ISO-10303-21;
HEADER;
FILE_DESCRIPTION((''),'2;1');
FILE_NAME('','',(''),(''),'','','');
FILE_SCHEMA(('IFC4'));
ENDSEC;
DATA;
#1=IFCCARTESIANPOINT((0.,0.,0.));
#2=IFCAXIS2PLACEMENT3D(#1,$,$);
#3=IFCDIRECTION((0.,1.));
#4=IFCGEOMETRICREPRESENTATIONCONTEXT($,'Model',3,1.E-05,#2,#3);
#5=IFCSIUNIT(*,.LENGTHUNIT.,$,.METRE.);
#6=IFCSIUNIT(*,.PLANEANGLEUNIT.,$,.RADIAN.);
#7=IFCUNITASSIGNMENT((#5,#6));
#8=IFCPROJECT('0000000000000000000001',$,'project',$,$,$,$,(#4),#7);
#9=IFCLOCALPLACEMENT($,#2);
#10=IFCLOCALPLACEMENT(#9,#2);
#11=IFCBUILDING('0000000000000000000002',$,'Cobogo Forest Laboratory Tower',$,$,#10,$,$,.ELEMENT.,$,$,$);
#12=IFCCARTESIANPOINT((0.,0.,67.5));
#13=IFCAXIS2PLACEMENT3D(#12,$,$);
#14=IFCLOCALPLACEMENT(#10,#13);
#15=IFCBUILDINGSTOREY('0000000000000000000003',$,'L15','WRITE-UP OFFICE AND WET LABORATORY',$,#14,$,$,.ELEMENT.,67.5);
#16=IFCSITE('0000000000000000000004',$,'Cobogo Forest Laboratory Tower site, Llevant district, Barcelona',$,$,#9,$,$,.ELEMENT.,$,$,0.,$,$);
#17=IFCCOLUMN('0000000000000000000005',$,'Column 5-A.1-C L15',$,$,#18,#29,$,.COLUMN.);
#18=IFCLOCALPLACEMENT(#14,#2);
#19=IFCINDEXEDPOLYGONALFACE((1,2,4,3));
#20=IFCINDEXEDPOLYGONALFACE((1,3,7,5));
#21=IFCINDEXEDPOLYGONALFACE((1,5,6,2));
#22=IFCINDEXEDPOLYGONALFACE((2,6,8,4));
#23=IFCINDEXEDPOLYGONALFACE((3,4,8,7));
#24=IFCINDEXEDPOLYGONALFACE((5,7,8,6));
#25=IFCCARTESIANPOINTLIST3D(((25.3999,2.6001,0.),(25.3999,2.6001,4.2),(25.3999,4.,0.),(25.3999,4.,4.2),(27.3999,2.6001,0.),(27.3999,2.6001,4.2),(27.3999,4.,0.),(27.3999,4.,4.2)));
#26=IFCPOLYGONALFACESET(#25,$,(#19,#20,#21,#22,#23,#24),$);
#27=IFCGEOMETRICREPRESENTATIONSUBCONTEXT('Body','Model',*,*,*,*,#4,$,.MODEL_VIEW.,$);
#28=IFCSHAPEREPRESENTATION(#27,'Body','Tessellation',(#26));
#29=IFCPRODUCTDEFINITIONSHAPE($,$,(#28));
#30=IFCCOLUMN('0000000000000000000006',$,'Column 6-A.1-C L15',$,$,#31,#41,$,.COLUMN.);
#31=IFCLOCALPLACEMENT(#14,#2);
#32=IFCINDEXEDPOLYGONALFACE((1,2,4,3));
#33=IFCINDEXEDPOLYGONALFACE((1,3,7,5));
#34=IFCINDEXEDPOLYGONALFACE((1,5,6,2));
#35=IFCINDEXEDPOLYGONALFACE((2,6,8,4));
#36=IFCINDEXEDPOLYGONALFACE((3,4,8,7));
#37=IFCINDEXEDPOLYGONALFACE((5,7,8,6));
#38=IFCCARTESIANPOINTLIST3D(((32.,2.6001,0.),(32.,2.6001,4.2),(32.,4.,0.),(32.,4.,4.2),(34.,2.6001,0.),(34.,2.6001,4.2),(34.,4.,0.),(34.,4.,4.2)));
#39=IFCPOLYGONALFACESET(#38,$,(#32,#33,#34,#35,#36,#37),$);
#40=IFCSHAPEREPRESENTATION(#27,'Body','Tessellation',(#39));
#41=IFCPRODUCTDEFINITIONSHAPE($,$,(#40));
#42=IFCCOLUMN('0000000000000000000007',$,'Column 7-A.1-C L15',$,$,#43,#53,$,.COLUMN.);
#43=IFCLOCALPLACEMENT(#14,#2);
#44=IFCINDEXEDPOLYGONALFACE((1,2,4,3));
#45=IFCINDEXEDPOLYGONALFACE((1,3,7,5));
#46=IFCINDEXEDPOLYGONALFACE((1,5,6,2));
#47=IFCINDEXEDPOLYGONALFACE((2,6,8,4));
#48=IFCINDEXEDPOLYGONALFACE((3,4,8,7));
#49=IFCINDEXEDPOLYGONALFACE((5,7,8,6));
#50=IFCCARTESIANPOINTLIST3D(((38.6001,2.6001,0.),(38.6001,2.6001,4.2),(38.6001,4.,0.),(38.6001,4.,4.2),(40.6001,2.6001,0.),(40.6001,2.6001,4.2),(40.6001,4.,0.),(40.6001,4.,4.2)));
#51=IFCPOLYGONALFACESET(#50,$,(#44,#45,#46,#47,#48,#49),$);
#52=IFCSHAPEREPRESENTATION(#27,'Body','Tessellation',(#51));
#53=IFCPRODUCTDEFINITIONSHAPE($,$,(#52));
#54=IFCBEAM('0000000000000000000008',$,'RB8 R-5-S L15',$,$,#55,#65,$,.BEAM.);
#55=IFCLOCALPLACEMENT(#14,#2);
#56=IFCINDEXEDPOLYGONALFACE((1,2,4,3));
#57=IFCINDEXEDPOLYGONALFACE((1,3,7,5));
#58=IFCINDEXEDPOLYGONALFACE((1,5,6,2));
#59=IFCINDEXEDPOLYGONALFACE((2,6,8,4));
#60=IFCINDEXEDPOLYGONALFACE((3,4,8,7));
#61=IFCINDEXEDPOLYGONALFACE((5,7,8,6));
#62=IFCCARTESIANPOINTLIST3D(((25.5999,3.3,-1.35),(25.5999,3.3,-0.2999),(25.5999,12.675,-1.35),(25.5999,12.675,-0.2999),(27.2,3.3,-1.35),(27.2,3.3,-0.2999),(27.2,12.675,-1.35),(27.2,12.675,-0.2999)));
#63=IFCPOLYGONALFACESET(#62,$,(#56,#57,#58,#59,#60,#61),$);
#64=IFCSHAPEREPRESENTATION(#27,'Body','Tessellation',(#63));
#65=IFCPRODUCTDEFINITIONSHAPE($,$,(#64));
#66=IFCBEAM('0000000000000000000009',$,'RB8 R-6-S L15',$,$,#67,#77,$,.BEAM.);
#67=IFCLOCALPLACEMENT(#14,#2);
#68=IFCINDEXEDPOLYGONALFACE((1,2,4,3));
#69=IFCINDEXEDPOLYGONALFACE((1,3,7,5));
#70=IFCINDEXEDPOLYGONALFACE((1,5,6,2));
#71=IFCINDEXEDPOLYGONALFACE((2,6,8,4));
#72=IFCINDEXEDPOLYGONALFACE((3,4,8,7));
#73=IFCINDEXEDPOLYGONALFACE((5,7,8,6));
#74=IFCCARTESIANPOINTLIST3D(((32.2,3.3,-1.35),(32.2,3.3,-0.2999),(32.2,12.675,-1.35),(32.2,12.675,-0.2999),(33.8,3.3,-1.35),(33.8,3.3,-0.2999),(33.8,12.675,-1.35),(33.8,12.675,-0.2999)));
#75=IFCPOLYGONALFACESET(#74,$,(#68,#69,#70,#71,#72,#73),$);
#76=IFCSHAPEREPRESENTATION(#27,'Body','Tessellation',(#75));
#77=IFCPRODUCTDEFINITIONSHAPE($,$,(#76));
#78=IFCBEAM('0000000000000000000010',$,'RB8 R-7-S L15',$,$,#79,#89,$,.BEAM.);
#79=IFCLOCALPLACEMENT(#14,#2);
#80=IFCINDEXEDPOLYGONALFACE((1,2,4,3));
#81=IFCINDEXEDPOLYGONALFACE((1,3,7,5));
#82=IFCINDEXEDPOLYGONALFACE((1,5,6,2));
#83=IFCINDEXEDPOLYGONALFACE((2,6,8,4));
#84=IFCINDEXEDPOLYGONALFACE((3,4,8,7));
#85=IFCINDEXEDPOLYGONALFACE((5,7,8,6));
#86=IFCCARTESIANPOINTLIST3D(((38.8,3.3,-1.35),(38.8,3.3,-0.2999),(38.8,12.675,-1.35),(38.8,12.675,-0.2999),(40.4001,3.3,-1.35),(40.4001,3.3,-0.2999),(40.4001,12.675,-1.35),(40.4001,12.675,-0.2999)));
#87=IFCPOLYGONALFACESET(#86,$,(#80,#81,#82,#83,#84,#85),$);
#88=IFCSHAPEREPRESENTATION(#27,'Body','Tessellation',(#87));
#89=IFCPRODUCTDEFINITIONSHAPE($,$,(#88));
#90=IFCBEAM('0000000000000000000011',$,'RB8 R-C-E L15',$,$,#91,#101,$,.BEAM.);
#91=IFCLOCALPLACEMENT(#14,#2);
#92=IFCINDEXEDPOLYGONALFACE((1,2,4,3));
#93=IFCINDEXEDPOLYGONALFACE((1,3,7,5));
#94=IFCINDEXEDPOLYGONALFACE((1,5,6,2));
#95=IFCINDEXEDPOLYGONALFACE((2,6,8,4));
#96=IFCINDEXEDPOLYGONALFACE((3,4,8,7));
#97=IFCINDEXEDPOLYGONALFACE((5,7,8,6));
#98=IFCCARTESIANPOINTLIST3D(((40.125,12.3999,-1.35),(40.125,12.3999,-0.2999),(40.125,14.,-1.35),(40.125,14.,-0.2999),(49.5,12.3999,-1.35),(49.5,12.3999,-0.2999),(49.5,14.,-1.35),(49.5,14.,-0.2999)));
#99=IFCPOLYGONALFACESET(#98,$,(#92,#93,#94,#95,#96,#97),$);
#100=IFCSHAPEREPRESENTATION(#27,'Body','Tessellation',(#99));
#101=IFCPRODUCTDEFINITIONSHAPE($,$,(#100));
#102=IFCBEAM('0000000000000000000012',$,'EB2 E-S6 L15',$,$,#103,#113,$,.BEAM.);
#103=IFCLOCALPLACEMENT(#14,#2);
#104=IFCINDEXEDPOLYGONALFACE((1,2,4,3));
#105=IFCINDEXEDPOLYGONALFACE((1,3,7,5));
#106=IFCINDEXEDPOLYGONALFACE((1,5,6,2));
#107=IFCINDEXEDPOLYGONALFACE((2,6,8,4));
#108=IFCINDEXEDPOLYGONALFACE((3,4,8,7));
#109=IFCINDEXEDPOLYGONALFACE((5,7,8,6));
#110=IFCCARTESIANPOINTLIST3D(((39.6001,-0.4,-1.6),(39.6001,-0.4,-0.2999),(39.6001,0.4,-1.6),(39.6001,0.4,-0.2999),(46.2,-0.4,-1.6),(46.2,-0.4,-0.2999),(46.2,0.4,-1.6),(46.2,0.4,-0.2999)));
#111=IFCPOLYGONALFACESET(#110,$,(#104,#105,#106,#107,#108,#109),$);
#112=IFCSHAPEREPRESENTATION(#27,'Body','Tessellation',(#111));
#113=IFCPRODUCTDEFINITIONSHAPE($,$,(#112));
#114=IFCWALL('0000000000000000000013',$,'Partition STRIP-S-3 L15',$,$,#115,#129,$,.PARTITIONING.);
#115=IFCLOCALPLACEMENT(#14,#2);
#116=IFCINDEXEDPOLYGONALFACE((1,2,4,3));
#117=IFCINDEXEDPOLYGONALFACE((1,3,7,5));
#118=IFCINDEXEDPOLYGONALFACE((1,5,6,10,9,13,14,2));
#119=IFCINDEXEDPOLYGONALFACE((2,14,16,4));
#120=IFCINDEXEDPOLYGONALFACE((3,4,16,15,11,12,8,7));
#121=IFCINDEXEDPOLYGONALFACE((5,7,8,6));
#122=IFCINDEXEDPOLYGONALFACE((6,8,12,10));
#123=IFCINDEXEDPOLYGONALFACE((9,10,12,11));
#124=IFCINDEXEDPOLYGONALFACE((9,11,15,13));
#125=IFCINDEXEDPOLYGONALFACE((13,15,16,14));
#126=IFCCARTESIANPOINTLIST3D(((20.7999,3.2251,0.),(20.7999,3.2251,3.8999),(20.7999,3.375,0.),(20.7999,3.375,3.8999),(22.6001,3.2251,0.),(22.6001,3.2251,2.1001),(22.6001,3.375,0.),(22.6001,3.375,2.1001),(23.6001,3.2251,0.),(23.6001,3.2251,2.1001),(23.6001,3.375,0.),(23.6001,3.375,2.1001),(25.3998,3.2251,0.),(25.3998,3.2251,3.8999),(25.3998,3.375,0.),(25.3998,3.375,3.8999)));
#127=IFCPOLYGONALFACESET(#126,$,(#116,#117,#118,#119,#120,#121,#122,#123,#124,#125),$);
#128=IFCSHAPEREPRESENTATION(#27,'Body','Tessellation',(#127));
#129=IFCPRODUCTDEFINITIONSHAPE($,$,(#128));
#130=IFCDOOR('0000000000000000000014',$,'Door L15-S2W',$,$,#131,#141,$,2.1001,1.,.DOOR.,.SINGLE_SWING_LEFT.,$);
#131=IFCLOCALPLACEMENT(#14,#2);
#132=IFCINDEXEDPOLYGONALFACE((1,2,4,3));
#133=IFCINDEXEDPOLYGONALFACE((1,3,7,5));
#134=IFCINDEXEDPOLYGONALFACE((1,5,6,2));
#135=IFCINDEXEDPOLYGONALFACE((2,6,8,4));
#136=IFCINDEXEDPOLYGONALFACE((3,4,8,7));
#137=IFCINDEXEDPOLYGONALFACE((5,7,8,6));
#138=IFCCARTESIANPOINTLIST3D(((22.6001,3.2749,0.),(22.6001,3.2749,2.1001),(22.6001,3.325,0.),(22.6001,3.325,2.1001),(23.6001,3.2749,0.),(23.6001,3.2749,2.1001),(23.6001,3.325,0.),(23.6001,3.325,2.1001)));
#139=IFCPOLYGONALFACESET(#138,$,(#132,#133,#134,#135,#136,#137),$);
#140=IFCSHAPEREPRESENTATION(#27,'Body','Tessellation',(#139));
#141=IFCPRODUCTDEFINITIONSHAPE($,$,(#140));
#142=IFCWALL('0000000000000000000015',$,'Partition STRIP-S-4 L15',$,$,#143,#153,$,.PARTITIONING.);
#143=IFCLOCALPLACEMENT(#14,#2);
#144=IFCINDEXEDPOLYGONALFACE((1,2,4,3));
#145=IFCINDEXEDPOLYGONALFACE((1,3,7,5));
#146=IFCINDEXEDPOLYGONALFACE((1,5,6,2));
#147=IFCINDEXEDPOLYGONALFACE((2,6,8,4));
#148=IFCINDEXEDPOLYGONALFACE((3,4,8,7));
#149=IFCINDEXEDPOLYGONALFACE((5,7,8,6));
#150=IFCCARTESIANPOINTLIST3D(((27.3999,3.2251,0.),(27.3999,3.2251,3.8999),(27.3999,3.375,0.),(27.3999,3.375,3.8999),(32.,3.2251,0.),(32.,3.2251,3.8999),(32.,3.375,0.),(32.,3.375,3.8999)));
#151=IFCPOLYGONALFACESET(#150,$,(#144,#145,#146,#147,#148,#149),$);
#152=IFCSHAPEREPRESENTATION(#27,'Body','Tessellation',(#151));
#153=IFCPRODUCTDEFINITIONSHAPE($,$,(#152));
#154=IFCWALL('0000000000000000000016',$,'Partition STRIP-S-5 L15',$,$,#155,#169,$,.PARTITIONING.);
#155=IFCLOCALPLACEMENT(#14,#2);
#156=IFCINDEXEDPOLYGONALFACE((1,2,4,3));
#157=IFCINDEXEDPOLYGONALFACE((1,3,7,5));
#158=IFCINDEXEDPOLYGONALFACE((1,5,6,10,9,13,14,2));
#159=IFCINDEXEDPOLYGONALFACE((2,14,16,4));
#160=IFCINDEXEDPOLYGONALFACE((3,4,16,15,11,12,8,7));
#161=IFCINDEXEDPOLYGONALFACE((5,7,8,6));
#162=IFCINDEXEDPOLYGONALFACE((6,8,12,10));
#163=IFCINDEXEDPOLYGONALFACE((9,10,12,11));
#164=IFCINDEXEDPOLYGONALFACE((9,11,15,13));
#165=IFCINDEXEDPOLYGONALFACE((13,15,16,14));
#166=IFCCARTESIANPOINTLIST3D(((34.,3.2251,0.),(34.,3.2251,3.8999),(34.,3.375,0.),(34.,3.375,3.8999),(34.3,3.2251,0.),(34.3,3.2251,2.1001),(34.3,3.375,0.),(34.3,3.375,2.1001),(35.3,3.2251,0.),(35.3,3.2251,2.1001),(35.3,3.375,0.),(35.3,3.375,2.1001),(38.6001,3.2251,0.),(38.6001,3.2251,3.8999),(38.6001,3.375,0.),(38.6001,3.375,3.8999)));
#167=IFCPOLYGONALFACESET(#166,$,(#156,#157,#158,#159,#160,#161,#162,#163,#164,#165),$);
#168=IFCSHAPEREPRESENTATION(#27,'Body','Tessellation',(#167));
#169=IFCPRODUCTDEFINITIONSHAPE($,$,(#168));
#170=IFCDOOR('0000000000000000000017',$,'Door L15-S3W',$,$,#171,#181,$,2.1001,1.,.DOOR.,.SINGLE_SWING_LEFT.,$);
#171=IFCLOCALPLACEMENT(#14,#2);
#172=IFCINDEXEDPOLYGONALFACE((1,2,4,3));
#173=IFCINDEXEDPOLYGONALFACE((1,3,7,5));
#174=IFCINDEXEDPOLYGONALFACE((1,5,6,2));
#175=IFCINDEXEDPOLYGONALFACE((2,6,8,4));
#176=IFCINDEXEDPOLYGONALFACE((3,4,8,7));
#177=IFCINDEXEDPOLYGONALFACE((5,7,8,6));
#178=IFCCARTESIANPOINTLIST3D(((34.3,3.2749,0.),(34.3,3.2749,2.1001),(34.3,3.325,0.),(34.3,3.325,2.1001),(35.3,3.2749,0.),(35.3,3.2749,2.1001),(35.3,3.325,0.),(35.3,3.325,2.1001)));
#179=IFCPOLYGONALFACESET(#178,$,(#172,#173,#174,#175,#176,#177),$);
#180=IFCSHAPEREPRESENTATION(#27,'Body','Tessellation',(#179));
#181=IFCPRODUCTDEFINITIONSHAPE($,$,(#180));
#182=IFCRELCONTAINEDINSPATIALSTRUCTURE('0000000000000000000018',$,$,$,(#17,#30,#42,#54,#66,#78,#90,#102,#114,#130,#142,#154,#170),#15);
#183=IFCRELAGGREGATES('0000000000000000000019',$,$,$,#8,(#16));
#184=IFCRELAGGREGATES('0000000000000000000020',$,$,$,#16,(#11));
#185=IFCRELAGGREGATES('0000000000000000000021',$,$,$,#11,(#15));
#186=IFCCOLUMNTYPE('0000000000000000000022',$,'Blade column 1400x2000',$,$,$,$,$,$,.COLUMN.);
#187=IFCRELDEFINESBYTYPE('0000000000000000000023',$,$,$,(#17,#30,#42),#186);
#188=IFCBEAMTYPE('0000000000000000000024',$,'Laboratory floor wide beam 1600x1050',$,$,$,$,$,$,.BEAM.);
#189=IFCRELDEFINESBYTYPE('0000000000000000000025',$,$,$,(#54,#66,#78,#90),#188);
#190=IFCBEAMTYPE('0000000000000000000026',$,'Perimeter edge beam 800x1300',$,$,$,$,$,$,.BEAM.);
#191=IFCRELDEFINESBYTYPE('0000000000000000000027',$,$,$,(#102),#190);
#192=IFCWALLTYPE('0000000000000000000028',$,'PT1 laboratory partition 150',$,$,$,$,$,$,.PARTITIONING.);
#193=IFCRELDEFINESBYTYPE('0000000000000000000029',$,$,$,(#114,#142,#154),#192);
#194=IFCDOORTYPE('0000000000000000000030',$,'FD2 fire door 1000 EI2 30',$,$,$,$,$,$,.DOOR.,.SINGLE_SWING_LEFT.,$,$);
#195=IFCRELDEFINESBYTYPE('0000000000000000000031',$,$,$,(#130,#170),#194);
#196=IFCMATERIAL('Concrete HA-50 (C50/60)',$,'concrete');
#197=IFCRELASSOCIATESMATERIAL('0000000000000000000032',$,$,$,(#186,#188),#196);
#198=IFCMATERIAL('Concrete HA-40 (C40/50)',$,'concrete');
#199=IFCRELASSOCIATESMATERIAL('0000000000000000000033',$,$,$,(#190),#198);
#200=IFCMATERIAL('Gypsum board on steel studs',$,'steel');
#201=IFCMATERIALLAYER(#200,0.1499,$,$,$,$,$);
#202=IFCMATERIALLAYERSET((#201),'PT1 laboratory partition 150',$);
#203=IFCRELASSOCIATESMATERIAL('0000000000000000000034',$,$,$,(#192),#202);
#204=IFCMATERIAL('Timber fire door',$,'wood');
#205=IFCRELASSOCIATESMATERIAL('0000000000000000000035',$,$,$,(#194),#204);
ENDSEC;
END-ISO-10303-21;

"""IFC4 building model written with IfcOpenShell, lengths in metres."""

from ifc_helpers import new_model, si_unit, direction, frame, frame_2d, origin, origin_2d, place, context, subcontext, project, spatial, rectangle, extrude, material, layer, layer_set, material_profile, profile_set, type_object, element, fill, save


model = new_model("IFC4")

# Units and contexts
model_context = context("Model", 3, precision=1e-05, world=origin(), true_north=direction((0.0, 1.0)))
body_context = subcontext(model_context, "Body", "Model", "MODEL_VIEW")
ifc_project = project(units=[si_unit("LENGTHUNIT", "METRE"), si_unit("PLANEANGLEUNIT", "RADIAN")], contexts=[model_context])

# Site, building, storey
site_placement = place(None, origin())
site = spatial("IfcSite", under=ifc_project, at=site_placement, Name="Cobogo Forest Laboratory Tower site, Llevant district, Barcelona", CompositionType="ELEMENT", RefElevation=0.0)
building_placement = place(site_placement, origin())
building = spatial("IfcBuilding", under=site, at=building_placement, Name="Cobogo Forest Laboratory Tower", CompositionType="ELEMENT")
storey_placement = place(building_placement, frame((0.0, 0.0, 67.5)))
storey = spatial("IfcBuildingStorey", under=building, at=storey_placement, Name="L15", Description="WRITE-UP OFFICE AND WET LABORATORY", CompositionType="ELEMENT", Elevation=67.5)

# Columns
ifc_material_1 = material(Name="Concrete HA-50 (C50/60)", Category="concrete")
ifc_material_profile_1 = material_profile(ifc_material_1, rectangle(XDim=2.0, YDim=1.3999, at=origin_2d()), Name="RC 1400x2000")
ifc_profile_set_1 = profile_set([ifc_material_profile_1], Name="Concrete HA-50 (C50/60)")
column_type = type_object("IfcColumnType", Name="Blade column 1400x2000", PredefinedType="COLUMN", material=ifc_profile_set_1)
for number, where, z_axis, x_axis, name in (
    (1, (26.3999, 3.3, 0.0), (0.0, 0.0, 1.0), (1.0, 0.0, 0.0), "Column 5-A.1-C L15"),
    (2, (33.0, 3.3, 0.0), (0.0, 0.0, 1.0), (1.0, 0.0, 0.0), "Column 6-A.1-C L15"),
    (3, (39.6001, 3.3, 0.0), (0.0, 0.0, 1.0), (1.0, 0.0, 0.0), "Column 7-A.1-C L15"),
):
    element("IfcColumn", number, at=place(storey_placement, frame(where, z_axis=z_axis, x_axis=x_axis)), inside=storey, type_object=column_type, Name=name, PredefinedType="COLUMN", context=body_context, shape_type="SweptSolid", body=[
        extrude(rectangle(XDim=2.0, YDim=1.3999, at=origin_2d()), origin(), (0.0, 0.0, 1.0), 4.2),
    ])

# Beams
ifc_material_profile_2 = material_profile(ifc_material_1, rectangle(XDim=1.6001, YDim=1.05, at=origin_2d()), Name="RC 1600x1050")
ifc_profile_set_2 = profile_set([ifc_material_profile_2], Name="Concrete HA-50 (C50/60)")
beam_type_1 = type_object("IfcBeamType", Name="Laboratory floor wide beam 1600x1050", PredefinedType="BEAM", material=ifc_profile_set_2)
for number, where, z_axis, x_axis, name in (
    (4, (26.3999, 12.675, -0.825), (0.0, -1.0, 0.0), (1.0, 0.0, 0.0), "RB8 R-5-S L15"),
    (5, (33.0, 12.675, -0.825), (0.0, -1.0, 0.0), (1.0, 0.0, 0.0), "RB8 R-6-S L15"),
    (6, (39.6001, 12.675, -0.825), (0.0, -1.0, 0.0), (1.0, 0.0, 0.0), "RB8 R-7-S L15"),
    (7, (40.125, 13.2, -0.825), (1.0, 0.0, 0.0), (0.0, 1.0, 0.0), "RB8 R-C-E L15"),
):
    element("IfcBeam", number, at=place(storey_placement, frame(where, z_axis=z_axis, x_axis=x_axis)), inside=storey, type_object=beam_type_1, Name=name, PredefinedType="BEAM", context=body_context, shape_type="SweptSolid", body=[
        extrude(rectangle(XDim=1.6001, YDim=1.05, at=origin_2d()), origin(), (0.0, 0.0, 1.0), 9.375),
    ])
ifc_material_2 = material(Name="Concrete HA-40 (C40/50)", Category="concrete")
ifc_material_profile_3 = material_profile(ifc_material_2, rectangle(XDim=0.8, YDim=1.3, at=origin_2d()), Name="RC 800x1300")
ifc_profile_set_3 = profile_set([ifc_material_profile_3], Name="Concrete HA-40 (C40/50)")
beam_type_2 = type_object("IfcBeamType", Name="Perimeter edge beam 800x1300", PredefinedType="BEAM", material=ifc_profile_set_3)
beam_placement = place(storey_placement, frame((39.6001, 0.0, -0.95), z_axis=(1.0, 0.0, 0.0), x_axis=(0.0, 1.0, 0.0)))
element("IfcBeam", 8, at=beam_placement, inside=storey, type_object=beam_type_2, Name="EB2 E-S6 L15", PredefinedType="BEAM", context=body_context, shape_type="SweptSolid", body=[
    extrude(rectangle(XDim=0.8, YDim=1.3, at=origin_2d()), origin(), (0.0, 0.0, 1.0), 6.5999),
])

# Wall, opening, door
ifc_material_3 = material(Name="Gypsum board on steel studs", Category="steel")
ifc_layer_1 = layer(ifc_material_3, 0.1499)
ifc_layer_set_1 = layer_set([ifc_layer_1], Name="PT1 laboratory partition 150")
wall_type_1 = type_object("IfcWallType", Name="PT1 laboratory partition 150", PredefinedType="PARTITIONING", material=ifc_layer_set_1)
wall_1_placement = place(storey_placement, frame((20.8, 3.3, 0.0), z_axis=(0.0, 0.0, 1.0), x_axis=(1.0, 0.0, 0.0)))
wall_1 = element("IfcWall", 9, at=wall_1_placement, inside=storey, type_object=wall_type_1, Name="Partition STRIP-S-3 L15", PredefinedType="PARTITIONING", context=body_context, shape_type="SweptSolid", body=[
    extrude(rectangle(XDim=4.5999, YDim=0.1499, at=frame_2d((2.2998, 0.0))), origin(), (0.0, 0.0, 1.0), 3.8999),
])
opening_1_placement = place(wall_1_placement, frame((1.8, 0.0, 0.0)))
opening_1 = element("IfcOpeningElement", 10, at=opening_1_placement, cuts=wall_1, PredefinedType="OPENING", context=body_context, shape_type="SweptSolid", body=[
    extrude(rectangle(XDim=1.0, YDim=2.1001, at=frame_2d((0.5, 1.05))), frame((0.0, 0.085, 0.0), z_axis=(0.0, -1.0, 0.0), x_axis=(1.0, 0.0, 0.0)), (0.0, 0.0, 1.0), 0.1699),
])
ifc_material_4 = material(Name="Timber fire door", Category="wood")
door_type_1 = type_object("IfcDoorType", Name="FD2 fire door 1000 EI2 30", OperationType="SINGLE_SWING_LEFT", PredefinedType="DOOR", material=ifc_material_4)
door_1_placement = place(opening_1_placement, origin())
door_1 = element("IfcDoor", 11, at=door_1_placement, inside=storey, type_object=door_type_1, Name="Door L15-S2W", OperationType="SINGLE_SWING_LEFT", OverallHeight=2.1001, OverallWidth=1.0, PredefinedType="DOOR", context=body_context, shape_type="SweptSolid", body=[
    extrude(rectangle(XDim=1.0, YDim=2.1001, at=frame_2d((0.5, 1.05))), frame((0.0, 0.0249, 0.0), z_axis=(0.0, -1.0, 0.0), x_axis=(1.0, 0.0, 0.0)), (0.0, 0.0, 1.0), 0.05),
])
fill(opening_1, door_1)

# Wall
wall_2_placement = place(storey_placement, frame((27.3999, 3.3, 0.0), z_axis=(0.0, 0.0, 1.0), x_axis=(1.0, 0.0, 0.0)))
element("IfcWall", 12, at=wall_2_placement, inside=storey, type_object=wall_type_1, Name="Partition STRIP-S-4 L15", PredefinedType="PARTITIONING", context=body_context, shape_type="SweptSolid", body=[
    extrude(rectangle(XDim=4.6001, YDim=0.1499, at=frame_2d((2.3, 0.0))), origin(), (0.0, 0.0, 1.0), 3.8999),
])

# Wall, opening, door
wall_3_placement = place(storey_placement, frame((34.0, 3.3, 0.0), z_axis=(0.0, 0.0, 1.0), x_axis=(1.0, 0.0, 0.0)))
wall_3 = element("IfcWall", 13, at=wall_3_placement, inside=storey, type_object=wall_type_1, Name="Partition STRIP-S-5 L15", PredefinedType="PARTITIONING", context=body_context, shape_type="SweptSolid", body=[
    extrude(rectangle(XDim=4.6001, YDim=0.1499, at=frame_2d((2.3, 0.0))), origin(), (0.0, 0.0, 1.0), 3.8999),
])
opening_2_placement = place(wall_3_placement, frame((0.3, 0.0, 0.0)))
opening_2 = element("IfcOpeningElement", 14, at=opening_2_placement, cuts=wall_3, PredefinedType="OPENING", context=body_context, shape_type="SweptSolid", body=[
    extrude(rectangle(XDim=1.0, YDim=2.1001, at=frame_2d((0.5, 1.05))), frame((0.0, 0.085, 0.0), z_axis=(0.0, -1.0, 0.0), x_axis=(1.0, 0.0, 0.0)), (0.0, 0.0, 1.0), 0.1699),
])
door_2_placement = place(opening_2_placement, origin())
door_2 = element("IfcDoor", 15, at=door_2_placement, inside=storey, type_object=door_type_1, Name="Door L15-S3W", OperationType="SINGLE_SWING_LEFT", OverallHeight=2.1001, OverallWidth=1.0, PredefinedType="DOOR", context=body_context, shape_type="SweptSolid", body=[
    extrude(rectangle(XDim=1.0, YDim=2.1001, at=frame_2d((0.5, 1.05))), frame((0.0, 0.0249, 0.0), z_axis=(0.0, -1.0, 0.0), x_axis=(1.0, 0.0, 0.0)), (0.0, 0.0, 1.0), 0.05),
])
fill(opening_2, door_2)

save(model, "model.ifc")
